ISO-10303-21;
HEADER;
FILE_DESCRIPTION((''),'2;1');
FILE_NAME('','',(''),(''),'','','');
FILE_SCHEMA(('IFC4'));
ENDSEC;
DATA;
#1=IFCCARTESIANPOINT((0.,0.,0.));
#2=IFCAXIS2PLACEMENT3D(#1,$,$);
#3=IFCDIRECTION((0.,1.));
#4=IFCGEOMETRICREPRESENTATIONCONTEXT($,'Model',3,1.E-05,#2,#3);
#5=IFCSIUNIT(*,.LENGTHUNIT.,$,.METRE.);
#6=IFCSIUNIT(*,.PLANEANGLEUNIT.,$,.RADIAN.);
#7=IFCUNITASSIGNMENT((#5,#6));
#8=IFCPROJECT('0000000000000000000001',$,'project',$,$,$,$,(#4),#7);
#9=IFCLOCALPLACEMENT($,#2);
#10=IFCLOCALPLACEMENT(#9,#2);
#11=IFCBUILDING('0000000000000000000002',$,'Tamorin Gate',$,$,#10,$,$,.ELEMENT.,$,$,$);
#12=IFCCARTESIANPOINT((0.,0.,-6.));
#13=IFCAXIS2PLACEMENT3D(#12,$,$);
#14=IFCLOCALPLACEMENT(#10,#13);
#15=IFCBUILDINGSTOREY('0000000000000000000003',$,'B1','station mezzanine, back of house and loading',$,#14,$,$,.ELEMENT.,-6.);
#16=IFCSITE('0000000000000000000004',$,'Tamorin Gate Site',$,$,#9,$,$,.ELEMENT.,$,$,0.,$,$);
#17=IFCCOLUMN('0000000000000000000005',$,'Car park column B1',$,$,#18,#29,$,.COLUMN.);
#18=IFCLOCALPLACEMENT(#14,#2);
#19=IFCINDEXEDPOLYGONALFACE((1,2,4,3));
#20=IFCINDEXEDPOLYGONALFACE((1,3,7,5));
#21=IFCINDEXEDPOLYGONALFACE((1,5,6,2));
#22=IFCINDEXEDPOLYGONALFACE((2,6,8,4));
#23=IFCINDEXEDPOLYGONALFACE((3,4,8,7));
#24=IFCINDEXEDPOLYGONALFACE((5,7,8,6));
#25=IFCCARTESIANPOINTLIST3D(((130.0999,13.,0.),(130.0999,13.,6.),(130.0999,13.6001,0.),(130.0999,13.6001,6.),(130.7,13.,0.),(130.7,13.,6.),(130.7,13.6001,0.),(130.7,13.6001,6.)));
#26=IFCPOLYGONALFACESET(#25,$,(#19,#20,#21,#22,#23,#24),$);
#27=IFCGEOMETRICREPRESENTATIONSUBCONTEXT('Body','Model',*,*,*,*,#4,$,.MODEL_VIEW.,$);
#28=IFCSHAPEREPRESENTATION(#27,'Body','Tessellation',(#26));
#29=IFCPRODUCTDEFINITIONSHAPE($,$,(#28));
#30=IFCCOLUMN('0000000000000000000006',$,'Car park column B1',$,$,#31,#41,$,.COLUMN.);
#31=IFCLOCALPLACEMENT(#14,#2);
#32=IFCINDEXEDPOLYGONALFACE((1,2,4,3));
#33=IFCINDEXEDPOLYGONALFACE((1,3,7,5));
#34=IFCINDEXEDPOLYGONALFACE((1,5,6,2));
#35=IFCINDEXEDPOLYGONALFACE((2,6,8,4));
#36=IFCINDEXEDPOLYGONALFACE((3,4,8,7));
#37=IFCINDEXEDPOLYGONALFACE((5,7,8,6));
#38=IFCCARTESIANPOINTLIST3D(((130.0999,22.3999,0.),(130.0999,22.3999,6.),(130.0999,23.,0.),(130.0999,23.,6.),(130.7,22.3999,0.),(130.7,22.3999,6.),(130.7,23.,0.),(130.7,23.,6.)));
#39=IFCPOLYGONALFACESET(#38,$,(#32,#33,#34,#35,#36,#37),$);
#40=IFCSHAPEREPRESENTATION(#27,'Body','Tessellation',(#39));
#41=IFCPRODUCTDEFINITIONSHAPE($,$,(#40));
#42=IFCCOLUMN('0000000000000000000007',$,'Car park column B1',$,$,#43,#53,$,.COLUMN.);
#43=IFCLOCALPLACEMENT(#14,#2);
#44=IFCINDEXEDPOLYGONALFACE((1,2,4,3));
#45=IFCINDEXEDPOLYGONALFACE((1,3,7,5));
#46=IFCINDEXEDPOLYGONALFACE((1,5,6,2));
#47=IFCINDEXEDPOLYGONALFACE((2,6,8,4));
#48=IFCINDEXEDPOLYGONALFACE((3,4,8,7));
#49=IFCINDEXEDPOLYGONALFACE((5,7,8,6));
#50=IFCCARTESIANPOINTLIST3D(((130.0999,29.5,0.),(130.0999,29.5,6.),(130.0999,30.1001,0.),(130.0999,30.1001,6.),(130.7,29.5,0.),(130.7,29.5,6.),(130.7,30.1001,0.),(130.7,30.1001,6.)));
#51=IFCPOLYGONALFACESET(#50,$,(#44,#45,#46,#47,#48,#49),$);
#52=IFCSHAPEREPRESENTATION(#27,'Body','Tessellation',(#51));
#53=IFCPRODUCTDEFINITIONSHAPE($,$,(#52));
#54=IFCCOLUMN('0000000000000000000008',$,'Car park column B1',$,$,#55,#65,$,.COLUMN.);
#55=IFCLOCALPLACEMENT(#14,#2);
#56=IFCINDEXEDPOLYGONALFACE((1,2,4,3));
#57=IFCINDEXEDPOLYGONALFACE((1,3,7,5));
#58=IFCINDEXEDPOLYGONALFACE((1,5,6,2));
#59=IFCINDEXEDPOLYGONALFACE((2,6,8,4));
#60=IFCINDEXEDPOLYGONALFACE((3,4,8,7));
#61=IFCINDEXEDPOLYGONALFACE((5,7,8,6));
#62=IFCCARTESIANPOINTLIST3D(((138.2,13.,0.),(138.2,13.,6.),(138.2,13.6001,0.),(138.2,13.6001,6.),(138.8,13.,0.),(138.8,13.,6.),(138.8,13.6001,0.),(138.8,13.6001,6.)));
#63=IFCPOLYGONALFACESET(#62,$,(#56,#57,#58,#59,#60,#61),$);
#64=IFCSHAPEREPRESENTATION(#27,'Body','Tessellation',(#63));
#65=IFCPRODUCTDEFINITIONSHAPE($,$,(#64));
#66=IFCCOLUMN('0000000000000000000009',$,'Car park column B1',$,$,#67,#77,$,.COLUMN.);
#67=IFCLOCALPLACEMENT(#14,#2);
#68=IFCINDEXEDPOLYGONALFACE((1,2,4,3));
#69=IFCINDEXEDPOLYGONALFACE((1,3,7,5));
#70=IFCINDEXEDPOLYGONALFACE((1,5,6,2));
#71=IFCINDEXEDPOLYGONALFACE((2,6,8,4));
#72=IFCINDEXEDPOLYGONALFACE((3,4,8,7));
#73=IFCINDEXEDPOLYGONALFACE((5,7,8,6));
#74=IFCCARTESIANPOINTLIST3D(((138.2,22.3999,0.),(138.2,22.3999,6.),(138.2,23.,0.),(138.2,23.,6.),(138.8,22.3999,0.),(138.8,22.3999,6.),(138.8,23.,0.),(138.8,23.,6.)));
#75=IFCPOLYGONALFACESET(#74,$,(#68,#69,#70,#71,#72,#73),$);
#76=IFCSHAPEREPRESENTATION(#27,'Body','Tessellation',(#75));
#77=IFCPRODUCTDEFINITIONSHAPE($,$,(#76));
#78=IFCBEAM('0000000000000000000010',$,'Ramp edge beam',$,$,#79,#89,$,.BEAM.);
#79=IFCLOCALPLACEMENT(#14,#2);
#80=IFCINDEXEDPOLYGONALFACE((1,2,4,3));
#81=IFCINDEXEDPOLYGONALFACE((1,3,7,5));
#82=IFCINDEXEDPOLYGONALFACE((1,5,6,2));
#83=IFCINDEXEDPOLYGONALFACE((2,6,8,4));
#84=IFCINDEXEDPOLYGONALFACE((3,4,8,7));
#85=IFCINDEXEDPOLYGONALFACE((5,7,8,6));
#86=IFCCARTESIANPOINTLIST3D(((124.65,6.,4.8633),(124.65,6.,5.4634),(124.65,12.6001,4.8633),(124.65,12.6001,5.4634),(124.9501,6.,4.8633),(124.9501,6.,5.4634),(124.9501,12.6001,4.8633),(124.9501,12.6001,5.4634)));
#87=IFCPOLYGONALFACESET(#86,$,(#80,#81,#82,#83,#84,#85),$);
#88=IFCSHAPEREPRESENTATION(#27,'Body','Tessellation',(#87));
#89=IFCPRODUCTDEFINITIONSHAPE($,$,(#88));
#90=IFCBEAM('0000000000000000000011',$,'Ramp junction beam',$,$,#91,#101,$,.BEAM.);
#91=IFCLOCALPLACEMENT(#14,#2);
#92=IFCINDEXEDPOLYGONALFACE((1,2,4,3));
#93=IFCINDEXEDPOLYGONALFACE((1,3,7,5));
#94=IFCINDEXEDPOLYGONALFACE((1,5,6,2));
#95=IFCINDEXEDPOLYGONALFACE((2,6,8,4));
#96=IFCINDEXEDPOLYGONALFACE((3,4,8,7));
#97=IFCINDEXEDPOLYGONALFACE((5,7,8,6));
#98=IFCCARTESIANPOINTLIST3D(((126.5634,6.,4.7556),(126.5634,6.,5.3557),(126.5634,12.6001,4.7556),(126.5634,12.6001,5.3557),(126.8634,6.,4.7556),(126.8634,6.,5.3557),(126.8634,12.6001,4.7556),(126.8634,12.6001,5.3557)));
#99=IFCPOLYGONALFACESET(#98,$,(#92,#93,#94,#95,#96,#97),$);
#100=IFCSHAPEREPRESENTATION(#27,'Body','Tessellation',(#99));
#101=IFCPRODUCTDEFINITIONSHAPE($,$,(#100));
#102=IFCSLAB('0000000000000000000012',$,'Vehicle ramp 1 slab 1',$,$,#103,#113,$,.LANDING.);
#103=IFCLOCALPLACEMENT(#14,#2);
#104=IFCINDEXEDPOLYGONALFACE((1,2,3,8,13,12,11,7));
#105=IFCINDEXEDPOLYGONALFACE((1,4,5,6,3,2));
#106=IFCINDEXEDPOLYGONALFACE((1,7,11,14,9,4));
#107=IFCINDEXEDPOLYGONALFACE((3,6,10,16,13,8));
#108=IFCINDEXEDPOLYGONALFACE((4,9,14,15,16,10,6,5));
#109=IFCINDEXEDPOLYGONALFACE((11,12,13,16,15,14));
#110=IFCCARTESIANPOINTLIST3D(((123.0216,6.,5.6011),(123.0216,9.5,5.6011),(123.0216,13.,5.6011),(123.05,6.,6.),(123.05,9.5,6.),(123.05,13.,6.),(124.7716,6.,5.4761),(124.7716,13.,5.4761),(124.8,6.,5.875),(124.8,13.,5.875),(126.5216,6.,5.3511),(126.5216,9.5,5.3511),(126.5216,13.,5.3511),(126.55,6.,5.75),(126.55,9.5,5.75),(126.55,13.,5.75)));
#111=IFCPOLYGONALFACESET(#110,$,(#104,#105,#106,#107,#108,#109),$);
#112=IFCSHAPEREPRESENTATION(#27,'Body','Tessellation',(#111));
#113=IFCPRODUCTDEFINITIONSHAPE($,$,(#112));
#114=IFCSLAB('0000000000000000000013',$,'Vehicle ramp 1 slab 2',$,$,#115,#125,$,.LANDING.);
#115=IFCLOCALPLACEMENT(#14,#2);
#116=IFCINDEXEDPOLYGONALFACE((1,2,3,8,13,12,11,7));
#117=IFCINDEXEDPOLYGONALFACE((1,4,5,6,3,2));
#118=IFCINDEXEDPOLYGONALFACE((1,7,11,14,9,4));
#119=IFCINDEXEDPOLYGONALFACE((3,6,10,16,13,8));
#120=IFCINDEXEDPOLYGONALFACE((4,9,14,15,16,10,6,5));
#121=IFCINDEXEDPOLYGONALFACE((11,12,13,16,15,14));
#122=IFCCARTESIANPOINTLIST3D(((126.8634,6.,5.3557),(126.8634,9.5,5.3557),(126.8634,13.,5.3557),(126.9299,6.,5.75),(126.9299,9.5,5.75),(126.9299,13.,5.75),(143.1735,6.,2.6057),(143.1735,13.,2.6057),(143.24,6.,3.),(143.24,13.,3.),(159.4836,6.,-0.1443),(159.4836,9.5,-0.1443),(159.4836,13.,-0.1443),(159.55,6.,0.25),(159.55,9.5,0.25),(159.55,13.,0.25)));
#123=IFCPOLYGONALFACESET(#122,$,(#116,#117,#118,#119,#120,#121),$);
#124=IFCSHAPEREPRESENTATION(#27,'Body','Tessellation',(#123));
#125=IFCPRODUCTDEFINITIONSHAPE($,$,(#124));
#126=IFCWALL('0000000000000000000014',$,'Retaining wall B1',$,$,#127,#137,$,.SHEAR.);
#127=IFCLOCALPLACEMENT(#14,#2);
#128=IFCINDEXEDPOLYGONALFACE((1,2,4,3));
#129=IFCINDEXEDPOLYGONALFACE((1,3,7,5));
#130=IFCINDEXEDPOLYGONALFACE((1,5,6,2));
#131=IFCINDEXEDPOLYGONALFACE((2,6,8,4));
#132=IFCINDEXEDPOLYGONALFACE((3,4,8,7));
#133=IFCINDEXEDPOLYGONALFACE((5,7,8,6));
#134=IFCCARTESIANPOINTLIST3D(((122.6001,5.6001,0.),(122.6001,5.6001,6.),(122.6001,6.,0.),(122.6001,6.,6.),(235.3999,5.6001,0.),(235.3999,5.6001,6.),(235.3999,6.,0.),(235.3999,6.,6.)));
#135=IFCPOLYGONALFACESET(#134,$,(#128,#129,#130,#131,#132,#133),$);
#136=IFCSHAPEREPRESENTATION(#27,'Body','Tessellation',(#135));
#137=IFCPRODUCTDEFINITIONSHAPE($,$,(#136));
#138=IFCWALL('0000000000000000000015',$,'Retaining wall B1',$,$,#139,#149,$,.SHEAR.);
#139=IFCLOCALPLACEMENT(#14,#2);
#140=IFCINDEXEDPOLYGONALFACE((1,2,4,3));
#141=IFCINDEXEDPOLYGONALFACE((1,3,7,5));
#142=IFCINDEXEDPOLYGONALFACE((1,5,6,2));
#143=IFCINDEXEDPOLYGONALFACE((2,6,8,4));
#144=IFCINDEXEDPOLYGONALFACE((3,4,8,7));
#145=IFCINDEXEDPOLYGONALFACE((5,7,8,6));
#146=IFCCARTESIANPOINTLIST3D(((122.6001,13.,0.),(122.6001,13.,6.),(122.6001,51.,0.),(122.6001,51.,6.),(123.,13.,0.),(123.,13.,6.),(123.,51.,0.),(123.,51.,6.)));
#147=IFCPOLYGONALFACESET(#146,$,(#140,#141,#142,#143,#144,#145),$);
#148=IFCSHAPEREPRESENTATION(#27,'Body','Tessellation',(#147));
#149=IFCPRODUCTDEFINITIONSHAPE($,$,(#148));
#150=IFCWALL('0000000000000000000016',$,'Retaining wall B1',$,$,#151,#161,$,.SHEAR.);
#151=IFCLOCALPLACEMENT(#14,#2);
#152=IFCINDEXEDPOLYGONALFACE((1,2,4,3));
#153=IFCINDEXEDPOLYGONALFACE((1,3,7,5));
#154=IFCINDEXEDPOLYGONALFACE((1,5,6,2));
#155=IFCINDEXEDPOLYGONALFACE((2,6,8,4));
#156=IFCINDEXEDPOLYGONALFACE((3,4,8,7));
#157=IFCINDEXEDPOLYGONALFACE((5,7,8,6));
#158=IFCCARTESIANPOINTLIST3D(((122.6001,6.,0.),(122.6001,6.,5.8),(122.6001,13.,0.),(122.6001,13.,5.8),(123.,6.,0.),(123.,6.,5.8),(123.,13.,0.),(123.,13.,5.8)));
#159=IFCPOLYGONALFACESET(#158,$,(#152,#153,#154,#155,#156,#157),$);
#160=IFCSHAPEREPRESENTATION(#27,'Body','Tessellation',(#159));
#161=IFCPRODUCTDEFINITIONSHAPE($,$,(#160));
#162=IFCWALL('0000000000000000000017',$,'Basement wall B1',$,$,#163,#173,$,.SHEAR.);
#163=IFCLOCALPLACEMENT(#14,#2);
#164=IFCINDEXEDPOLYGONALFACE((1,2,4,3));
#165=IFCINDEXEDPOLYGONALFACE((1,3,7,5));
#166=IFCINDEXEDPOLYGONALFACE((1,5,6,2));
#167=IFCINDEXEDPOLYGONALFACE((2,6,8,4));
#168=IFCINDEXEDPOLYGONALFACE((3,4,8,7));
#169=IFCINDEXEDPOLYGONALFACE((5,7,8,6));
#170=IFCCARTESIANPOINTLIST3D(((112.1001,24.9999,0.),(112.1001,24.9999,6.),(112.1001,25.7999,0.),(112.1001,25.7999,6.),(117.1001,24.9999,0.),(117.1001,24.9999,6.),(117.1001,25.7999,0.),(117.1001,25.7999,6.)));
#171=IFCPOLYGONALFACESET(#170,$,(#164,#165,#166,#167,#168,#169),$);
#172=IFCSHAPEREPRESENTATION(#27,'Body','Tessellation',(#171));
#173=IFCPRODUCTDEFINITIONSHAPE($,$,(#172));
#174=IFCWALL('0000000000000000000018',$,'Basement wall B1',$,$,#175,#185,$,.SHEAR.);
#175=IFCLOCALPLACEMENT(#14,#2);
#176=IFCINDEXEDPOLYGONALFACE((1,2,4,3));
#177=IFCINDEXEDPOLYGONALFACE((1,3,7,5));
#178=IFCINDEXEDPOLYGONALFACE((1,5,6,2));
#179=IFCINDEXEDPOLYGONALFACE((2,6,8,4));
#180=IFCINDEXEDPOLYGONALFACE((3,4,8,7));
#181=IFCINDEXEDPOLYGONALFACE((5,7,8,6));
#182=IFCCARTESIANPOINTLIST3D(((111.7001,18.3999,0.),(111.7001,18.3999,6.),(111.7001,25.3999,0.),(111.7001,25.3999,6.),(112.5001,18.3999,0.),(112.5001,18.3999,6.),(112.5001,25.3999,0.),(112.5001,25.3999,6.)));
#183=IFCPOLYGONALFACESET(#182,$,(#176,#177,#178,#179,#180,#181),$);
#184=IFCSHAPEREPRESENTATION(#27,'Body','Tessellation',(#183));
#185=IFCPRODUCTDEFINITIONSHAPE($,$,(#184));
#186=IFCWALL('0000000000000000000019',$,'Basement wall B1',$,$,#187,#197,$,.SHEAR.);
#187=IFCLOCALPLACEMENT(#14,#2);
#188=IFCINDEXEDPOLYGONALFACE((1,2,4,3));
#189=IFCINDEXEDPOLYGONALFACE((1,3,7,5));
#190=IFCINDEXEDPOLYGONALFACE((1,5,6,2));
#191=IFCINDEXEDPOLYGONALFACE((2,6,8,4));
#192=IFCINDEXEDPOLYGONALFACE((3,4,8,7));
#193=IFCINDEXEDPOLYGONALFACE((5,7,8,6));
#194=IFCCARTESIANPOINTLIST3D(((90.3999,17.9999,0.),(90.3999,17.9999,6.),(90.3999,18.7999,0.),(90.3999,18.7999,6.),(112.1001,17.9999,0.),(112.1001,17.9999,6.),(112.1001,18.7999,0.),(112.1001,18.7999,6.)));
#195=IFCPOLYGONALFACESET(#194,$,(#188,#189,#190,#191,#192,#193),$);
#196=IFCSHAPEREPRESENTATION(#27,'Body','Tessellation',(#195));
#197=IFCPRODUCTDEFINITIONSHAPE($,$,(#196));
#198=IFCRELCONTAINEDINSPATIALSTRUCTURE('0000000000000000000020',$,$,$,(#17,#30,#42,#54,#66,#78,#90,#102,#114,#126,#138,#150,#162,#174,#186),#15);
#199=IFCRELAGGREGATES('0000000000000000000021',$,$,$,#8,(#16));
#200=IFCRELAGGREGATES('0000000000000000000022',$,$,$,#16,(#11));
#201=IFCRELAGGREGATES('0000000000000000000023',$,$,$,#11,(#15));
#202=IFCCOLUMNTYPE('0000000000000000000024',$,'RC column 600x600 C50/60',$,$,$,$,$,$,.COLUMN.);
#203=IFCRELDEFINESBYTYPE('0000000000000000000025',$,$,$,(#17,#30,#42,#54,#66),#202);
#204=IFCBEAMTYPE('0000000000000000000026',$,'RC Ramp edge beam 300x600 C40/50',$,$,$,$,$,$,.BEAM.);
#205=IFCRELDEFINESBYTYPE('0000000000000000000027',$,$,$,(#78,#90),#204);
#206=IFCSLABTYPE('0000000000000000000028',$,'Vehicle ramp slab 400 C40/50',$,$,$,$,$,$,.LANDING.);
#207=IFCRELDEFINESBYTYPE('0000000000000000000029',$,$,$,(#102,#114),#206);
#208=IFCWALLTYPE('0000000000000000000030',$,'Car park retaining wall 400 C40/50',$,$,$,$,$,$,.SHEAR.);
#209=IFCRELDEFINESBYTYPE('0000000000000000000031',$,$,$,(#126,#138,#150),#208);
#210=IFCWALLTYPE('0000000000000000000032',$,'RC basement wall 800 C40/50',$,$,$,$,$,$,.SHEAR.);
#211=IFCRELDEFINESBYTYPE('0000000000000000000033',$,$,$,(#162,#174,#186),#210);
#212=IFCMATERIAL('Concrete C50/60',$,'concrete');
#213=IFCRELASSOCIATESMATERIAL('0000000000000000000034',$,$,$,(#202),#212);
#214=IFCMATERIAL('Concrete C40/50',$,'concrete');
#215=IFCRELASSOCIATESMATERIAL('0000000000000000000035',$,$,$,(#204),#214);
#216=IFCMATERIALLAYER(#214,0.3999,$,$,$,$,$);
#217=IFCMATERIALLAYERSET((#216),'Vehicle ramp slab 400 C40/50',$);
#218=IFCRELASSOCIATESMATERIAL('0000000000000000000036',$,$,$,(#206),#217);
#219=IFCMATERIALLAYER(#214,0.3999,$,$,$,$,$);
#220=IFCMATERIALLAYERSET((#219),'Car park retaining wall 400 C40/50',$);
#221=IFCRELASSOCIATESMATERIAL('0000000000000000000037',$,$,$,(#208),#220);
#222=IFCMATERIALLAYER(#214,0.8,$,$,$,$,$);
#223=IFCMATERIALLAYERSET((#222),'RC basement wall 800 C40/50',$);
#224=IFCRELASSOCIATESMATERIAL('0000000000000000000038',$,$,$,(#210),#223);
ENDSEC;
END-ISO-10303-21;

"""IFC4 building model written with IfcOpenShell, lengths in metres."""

from ifc_helpers import new_model, si_unit, direction, frame, frame_2d, origin, origin_2d, place, context, subcontext, project, spatial, polyline, rectangle, outline, extrude, material, layer, layer_set, material_profile, profile_set, type_object, element, save


model = new_model("IFC4")

# Units and contexts
model_context = context("Model", 3, precision=1e-05, world=origin(), true_north=direction((0.0, 1.0)))
body_context = subcontext(model_context, "Body", "Model", "MODEL_VIEW")
ifc_project = project(units=[si_unit("LENGTHUNIT", "METRE"), si_unit("PLANEANGLEUNIT", "RADIAN")], contexts=[model_context])

# Site, building, storey
site_placement = place(None, origin())
site = spatial("IfcSite", under=ifc_project, at=site_placement, Name="Tamorin Gate Site", CompositionType="ELEMENT", RefElevation=0.0)
building_placement = place(site_placement, origin())
building = spatial("IfcBuilding", under=site, at=building_placement, Name="Tamorin Gate", CompositionType="ELEMENT")
storey_placement = place(building_placement, frame((0.0, 0.0, -6.0)))
storey = spatial("IfcBuildingStorey", under=building, at=storey_placement, Name="B1", Description="station mezzanine, back of house and loading", CompositionType="ELEMENT", Elevation=-6.0)

# Columns
ifc_material_1 = material(Name="Concrete C50/60", Category="concrete")
ifc_material_profile_1 = material_profile(ifc_material_1, rectangle(XDim=0.6001, YDim=0.6001, at=origin_2d()))
ifc_profile_set_1 = profile_set([ifc_material_profile_1], Name="Concrete C50/60")
column_type = type_object("IfcColumnType", Name="RC column 600x600 C50/60", PredefinedType="COLUMN", material=ifc_profile_set_1)
for number, where, z_axis, x_axis, name in (
    (1, (130.3999, 13.3, 0.0), (0.0, 0.0, 1.0), (1.0, 0.0, 0.0), "Car park column B1"),
    (2, (130.3999, 22.7, 0.0), (0.0, 0.0, 1.0), (1.0, 0.0, 0.0), "Car park column B1"),
    (3, (130.3999, 29.8, 0.0), (0.0, 0.0, 1.0), (1.0, 0.0, 0.0), "Car park column B1"),
    (4, (138.5, 13.3, 0.0), (0.0, 0.0, 1.0), (1.0, 0.0, 0.0), "Car park column B1"),
    (5, (138.5, 22.7, 0.0), (0.0, 0.0, 1.0), (1.0, 0.0, 0.0), "Car park column B1"),
):
    element("IfcColumn", number, at=place(storey_placement, frame(where, z_axis=z_axis, x_axis=x_axis)), inside=storey, type_object=column_type, Name=name, PredefinedType="COLUMN", context=body_context, shape_type="SweptSolid", body=[
        extrude(rectangle(XDim=0.6001, YDim=0.6001, at=origin_2d()), origin(), (0.0, 0.0, 1.0), 6.0),
    ])

# Beams
ifc_material_2 = material(Name="Concrete C40/50", Category="concrete")
ifc_material_profile_2 = material_profile(ifc_material_2, rectangle(XDim=0.3, YDim=0.6001, at=origin_2d()))
ifc_profile_set_2 = profile_set([ifc_material_profile_2], Name="Concrete C40/50")
beam_type = type_object("IfcBeamType", Name="RC Ramp edge beam 300x600 C40/50", PredefinedType="BEAM", material=ifc_profile_set_2)
for number, where, z_axis, x_axis, name in (
    (6, (124.8, 6.0, 5.1633), (0.0, 1.0, 0.0), (-1.0, 0.0, 0.0), "Ramp edge beam"),
    (7, (126.7134, 6.0, 5.0557), (0.0, 1.0, 0.0), (-1.0, 0.0, 0.0), "Ramp junction beam"),
):
    element("IfcBeam", number, at=place(storey_placement, frame(where, z_axis=z_axis, x_axis=x_axis)), inside=storey, type_object=beam_type, Name=name, PredefinedType="BEAM", context=body_context, shape_type="SweptSolid", body=[
        extrude(rectangle(XDim=0.3, YDim=0.6001, at=origin_2d()), origin(), (0.0, 0.0, 1.0), 6.6001),
    ])

# Slabs
ifc_layer_1 = layer(ifc_material_2, 0.3999)
ifc_layer_set_1 = layer_set([ifc_layer_1], Name="Vehicle ramp slab 400 C40/50")
slab_type = type_object("IfcSlabType", Name="Vehicle ramp slab 400 C40/50", PredefinedType="LANDING", material=ifc_layer_set_1)
slab_1_placement = place(storey_placement, frame((123.05, 6.0, 6.0), z_axis=(0.071247, 0.0, 0.997459), x_axis=(0.997459, 0.0, -0.071247)))
element("IfcSlab", 8, at=slab_1_placement, inside=storey, type_object=slab_type, Name="Vehicle ramp 1 slab 1", PredefinedType="LANDING", context=body_context, shape_type="SweptSolid", body=[
    extrude(outline(polyline([(0.0, 0.0), (1.7545, 0.0), (3.5089, 0.0), (3.5089, 3.5), (3.5089, 7.0), (1.7545, 7.0), (0.0, 7.0), (0.0, 3.5), (0.0, 0.0)])), origin(), (0.0, 0.0, -1.0), 0.3999),
])
slab_2_placement = place(storey_placement, frame((126.9299, 6.0, 5.75), z_axis=(0.166261, 0.0, 0.986082), x_axis=(0.986082, 0.0, -0.166261)))
element("IfcSlab", 9, at=slab_2_placement, inside=storey, type_object=slab_type, Name="Vehicle ramp 1 slab 2", PredefinedType="LANDING", context=body_context, shape_type="SweptSolid", body=[
    extrude(outline(polyline([(0.0, 0.0), (16.5403, 0.0), (33.0805, 0.0), (33.0805, 3.5), (33.0805, 7.0), (16.5403, 7.0), (0.0, 7.0), (0.0, 3.5), (0.0, 0.0)])), origin(), (0.0, 0.0, -1.0), 0.3999),
])

# Walls
ifc_layer_2 = layer(ifc_material_2, 0.3999)
ifc_layer_set_2 = layer_set([ifc_layer_2], Name="Car park retaining wall 400 C40/50")
wall_type_1 = type_object("IfcWallType", Name="Car park retaining wall 400 C40/50", PredefinedType="SHEAR", material=ifc_layer_set_2)
wall_1_placement = place(storey_placement, frame((122.6001, 5.8, 0.0), z_axis=(0.0, 0.0, 1.0), x_axis=(1.0, 0.0, 0.0)))
element("IfcWall", 10, at=wall_1_placement, inside=storey, type_object=wall_type_1, Name="Retaining wall B1", PredefinedType="SHEAR", context=body_context, shape_type="SweptSolid", body=[
    extrude(rectangle(XDim=112.7998, YDim=0.3999, at=frame_2d((56.3999, 0.0))), origin(), (0.0, 0.0, 1.0), 6.0),
])
wall_2_placement = place(storey_placement, frame((122.8, 13.0, 0.0), z_axis=(0.0, 0.0, 1.0), x_axis=(0.0, 1.0, 0.0)))
element("IfcWall", 11, at=wall_2_placement, inside=storey, type_object=wall_type_1, Name="Retaining wall B1", PredefinedType="SHEAR", context=body_context, shape_type="SweptSolid", body=[
    extrude(rectangle(XDim=38.0, YDim=0.3999, at=frame_2d((19.0, 0.0))), origin(), (0.0, 0.0, 1.0), 6.0),
])
wall_3_placement = place(storey_placement, frame((122.8, 6.0, 0.0), z_axis=(0.0, 0.0, 1.0), x_axis=(0.0, 1.0, 0.0)))
element("IfcWall", 12, at=wall_3_placement, inside=storey, type_object=wall_type_1, Name="Retaining wall B1", PredefinedType="SHEAR", context=body_context, shape_type="SweptSolid", body=[
    extrude(rectangle(XDim=7.0, YDim=0.3999, at=frame_2d((3.5, 0.0))), origin(), (0.0, 0.0, 1.0), 5.8),
])
ifc_layer_3 = layer(ifc_material_2, 0.8)
ifc_layer_set_3 = layer_set([ifc_layer_3], Name="RC basement wall 800 C40/50")
wall_type_2 = type_object("IfcWallType", Name="RC basement wall 800 C40/50", PredefinedType="SHEAR", material=ifc_layer_set_3)
wall_4_placement = place(storey_placement, frame((117.1001, 25.3999, 0.0), z_axis=(0.0, 0.0, 1.0), x_axis=(-1.0, 0.0, 0.0)))
element("IfcWall", 13, at=wall_4_placement, inside=storey, type_object=wall_type_2, Name="Basement wall B1", PredefinedType="SHEAR", context=body_context, shape_type="SweptSolid", body=[
    extrude(rectangle(XDim=5.0, YDim=0.8, at=frame_2d((2.5, 0.0))), origin(), (0.0, 0.0, 1.0), 6.0),
])
wall_5_placement = place(storey_placement, frame((112.1001, 25.3999, 0.0), z_axis=(0.0, 0.0, 1.0), x_axis=(0.0, -1.0, 0.0)))
element("IfcWall", 14, at=wall_5_placement, inside=storey, type_object=wall_type_2, Name="Basement wall B1", PredefinedType="SHEAR", context=body_context, shape_type="SweptSolid", body=[
    extrude(rectangle(XDim=7.0, YDim=0.8, at=frame_2d((3.5, 0.0))), origin(), (0.0, 0.0, 1.0), 6.0),
])
wall_6_placement = place(storey_placement, frame((112.1001, 18.3999, 0.0), z_axis=(0.0, 0.0, 1.0), x_axis=(-1.0, 0.0, 0.0)))
element("IfcWall", 15, at=wall_6_placement, inside=storey, type_object=wall_type_2, Name="Basement wall B1", PredefinedType="SHEAR", context=body_context, shape_type="SweptSolid", body=[
    extrude(rectangle(XDim=21.7002, YDim=0.8, at=frame_2d((10.8501, 0.0))), origin(), (0.0, 0.0, 1.0), 6.0),
])

save(model, "model.ifc")
